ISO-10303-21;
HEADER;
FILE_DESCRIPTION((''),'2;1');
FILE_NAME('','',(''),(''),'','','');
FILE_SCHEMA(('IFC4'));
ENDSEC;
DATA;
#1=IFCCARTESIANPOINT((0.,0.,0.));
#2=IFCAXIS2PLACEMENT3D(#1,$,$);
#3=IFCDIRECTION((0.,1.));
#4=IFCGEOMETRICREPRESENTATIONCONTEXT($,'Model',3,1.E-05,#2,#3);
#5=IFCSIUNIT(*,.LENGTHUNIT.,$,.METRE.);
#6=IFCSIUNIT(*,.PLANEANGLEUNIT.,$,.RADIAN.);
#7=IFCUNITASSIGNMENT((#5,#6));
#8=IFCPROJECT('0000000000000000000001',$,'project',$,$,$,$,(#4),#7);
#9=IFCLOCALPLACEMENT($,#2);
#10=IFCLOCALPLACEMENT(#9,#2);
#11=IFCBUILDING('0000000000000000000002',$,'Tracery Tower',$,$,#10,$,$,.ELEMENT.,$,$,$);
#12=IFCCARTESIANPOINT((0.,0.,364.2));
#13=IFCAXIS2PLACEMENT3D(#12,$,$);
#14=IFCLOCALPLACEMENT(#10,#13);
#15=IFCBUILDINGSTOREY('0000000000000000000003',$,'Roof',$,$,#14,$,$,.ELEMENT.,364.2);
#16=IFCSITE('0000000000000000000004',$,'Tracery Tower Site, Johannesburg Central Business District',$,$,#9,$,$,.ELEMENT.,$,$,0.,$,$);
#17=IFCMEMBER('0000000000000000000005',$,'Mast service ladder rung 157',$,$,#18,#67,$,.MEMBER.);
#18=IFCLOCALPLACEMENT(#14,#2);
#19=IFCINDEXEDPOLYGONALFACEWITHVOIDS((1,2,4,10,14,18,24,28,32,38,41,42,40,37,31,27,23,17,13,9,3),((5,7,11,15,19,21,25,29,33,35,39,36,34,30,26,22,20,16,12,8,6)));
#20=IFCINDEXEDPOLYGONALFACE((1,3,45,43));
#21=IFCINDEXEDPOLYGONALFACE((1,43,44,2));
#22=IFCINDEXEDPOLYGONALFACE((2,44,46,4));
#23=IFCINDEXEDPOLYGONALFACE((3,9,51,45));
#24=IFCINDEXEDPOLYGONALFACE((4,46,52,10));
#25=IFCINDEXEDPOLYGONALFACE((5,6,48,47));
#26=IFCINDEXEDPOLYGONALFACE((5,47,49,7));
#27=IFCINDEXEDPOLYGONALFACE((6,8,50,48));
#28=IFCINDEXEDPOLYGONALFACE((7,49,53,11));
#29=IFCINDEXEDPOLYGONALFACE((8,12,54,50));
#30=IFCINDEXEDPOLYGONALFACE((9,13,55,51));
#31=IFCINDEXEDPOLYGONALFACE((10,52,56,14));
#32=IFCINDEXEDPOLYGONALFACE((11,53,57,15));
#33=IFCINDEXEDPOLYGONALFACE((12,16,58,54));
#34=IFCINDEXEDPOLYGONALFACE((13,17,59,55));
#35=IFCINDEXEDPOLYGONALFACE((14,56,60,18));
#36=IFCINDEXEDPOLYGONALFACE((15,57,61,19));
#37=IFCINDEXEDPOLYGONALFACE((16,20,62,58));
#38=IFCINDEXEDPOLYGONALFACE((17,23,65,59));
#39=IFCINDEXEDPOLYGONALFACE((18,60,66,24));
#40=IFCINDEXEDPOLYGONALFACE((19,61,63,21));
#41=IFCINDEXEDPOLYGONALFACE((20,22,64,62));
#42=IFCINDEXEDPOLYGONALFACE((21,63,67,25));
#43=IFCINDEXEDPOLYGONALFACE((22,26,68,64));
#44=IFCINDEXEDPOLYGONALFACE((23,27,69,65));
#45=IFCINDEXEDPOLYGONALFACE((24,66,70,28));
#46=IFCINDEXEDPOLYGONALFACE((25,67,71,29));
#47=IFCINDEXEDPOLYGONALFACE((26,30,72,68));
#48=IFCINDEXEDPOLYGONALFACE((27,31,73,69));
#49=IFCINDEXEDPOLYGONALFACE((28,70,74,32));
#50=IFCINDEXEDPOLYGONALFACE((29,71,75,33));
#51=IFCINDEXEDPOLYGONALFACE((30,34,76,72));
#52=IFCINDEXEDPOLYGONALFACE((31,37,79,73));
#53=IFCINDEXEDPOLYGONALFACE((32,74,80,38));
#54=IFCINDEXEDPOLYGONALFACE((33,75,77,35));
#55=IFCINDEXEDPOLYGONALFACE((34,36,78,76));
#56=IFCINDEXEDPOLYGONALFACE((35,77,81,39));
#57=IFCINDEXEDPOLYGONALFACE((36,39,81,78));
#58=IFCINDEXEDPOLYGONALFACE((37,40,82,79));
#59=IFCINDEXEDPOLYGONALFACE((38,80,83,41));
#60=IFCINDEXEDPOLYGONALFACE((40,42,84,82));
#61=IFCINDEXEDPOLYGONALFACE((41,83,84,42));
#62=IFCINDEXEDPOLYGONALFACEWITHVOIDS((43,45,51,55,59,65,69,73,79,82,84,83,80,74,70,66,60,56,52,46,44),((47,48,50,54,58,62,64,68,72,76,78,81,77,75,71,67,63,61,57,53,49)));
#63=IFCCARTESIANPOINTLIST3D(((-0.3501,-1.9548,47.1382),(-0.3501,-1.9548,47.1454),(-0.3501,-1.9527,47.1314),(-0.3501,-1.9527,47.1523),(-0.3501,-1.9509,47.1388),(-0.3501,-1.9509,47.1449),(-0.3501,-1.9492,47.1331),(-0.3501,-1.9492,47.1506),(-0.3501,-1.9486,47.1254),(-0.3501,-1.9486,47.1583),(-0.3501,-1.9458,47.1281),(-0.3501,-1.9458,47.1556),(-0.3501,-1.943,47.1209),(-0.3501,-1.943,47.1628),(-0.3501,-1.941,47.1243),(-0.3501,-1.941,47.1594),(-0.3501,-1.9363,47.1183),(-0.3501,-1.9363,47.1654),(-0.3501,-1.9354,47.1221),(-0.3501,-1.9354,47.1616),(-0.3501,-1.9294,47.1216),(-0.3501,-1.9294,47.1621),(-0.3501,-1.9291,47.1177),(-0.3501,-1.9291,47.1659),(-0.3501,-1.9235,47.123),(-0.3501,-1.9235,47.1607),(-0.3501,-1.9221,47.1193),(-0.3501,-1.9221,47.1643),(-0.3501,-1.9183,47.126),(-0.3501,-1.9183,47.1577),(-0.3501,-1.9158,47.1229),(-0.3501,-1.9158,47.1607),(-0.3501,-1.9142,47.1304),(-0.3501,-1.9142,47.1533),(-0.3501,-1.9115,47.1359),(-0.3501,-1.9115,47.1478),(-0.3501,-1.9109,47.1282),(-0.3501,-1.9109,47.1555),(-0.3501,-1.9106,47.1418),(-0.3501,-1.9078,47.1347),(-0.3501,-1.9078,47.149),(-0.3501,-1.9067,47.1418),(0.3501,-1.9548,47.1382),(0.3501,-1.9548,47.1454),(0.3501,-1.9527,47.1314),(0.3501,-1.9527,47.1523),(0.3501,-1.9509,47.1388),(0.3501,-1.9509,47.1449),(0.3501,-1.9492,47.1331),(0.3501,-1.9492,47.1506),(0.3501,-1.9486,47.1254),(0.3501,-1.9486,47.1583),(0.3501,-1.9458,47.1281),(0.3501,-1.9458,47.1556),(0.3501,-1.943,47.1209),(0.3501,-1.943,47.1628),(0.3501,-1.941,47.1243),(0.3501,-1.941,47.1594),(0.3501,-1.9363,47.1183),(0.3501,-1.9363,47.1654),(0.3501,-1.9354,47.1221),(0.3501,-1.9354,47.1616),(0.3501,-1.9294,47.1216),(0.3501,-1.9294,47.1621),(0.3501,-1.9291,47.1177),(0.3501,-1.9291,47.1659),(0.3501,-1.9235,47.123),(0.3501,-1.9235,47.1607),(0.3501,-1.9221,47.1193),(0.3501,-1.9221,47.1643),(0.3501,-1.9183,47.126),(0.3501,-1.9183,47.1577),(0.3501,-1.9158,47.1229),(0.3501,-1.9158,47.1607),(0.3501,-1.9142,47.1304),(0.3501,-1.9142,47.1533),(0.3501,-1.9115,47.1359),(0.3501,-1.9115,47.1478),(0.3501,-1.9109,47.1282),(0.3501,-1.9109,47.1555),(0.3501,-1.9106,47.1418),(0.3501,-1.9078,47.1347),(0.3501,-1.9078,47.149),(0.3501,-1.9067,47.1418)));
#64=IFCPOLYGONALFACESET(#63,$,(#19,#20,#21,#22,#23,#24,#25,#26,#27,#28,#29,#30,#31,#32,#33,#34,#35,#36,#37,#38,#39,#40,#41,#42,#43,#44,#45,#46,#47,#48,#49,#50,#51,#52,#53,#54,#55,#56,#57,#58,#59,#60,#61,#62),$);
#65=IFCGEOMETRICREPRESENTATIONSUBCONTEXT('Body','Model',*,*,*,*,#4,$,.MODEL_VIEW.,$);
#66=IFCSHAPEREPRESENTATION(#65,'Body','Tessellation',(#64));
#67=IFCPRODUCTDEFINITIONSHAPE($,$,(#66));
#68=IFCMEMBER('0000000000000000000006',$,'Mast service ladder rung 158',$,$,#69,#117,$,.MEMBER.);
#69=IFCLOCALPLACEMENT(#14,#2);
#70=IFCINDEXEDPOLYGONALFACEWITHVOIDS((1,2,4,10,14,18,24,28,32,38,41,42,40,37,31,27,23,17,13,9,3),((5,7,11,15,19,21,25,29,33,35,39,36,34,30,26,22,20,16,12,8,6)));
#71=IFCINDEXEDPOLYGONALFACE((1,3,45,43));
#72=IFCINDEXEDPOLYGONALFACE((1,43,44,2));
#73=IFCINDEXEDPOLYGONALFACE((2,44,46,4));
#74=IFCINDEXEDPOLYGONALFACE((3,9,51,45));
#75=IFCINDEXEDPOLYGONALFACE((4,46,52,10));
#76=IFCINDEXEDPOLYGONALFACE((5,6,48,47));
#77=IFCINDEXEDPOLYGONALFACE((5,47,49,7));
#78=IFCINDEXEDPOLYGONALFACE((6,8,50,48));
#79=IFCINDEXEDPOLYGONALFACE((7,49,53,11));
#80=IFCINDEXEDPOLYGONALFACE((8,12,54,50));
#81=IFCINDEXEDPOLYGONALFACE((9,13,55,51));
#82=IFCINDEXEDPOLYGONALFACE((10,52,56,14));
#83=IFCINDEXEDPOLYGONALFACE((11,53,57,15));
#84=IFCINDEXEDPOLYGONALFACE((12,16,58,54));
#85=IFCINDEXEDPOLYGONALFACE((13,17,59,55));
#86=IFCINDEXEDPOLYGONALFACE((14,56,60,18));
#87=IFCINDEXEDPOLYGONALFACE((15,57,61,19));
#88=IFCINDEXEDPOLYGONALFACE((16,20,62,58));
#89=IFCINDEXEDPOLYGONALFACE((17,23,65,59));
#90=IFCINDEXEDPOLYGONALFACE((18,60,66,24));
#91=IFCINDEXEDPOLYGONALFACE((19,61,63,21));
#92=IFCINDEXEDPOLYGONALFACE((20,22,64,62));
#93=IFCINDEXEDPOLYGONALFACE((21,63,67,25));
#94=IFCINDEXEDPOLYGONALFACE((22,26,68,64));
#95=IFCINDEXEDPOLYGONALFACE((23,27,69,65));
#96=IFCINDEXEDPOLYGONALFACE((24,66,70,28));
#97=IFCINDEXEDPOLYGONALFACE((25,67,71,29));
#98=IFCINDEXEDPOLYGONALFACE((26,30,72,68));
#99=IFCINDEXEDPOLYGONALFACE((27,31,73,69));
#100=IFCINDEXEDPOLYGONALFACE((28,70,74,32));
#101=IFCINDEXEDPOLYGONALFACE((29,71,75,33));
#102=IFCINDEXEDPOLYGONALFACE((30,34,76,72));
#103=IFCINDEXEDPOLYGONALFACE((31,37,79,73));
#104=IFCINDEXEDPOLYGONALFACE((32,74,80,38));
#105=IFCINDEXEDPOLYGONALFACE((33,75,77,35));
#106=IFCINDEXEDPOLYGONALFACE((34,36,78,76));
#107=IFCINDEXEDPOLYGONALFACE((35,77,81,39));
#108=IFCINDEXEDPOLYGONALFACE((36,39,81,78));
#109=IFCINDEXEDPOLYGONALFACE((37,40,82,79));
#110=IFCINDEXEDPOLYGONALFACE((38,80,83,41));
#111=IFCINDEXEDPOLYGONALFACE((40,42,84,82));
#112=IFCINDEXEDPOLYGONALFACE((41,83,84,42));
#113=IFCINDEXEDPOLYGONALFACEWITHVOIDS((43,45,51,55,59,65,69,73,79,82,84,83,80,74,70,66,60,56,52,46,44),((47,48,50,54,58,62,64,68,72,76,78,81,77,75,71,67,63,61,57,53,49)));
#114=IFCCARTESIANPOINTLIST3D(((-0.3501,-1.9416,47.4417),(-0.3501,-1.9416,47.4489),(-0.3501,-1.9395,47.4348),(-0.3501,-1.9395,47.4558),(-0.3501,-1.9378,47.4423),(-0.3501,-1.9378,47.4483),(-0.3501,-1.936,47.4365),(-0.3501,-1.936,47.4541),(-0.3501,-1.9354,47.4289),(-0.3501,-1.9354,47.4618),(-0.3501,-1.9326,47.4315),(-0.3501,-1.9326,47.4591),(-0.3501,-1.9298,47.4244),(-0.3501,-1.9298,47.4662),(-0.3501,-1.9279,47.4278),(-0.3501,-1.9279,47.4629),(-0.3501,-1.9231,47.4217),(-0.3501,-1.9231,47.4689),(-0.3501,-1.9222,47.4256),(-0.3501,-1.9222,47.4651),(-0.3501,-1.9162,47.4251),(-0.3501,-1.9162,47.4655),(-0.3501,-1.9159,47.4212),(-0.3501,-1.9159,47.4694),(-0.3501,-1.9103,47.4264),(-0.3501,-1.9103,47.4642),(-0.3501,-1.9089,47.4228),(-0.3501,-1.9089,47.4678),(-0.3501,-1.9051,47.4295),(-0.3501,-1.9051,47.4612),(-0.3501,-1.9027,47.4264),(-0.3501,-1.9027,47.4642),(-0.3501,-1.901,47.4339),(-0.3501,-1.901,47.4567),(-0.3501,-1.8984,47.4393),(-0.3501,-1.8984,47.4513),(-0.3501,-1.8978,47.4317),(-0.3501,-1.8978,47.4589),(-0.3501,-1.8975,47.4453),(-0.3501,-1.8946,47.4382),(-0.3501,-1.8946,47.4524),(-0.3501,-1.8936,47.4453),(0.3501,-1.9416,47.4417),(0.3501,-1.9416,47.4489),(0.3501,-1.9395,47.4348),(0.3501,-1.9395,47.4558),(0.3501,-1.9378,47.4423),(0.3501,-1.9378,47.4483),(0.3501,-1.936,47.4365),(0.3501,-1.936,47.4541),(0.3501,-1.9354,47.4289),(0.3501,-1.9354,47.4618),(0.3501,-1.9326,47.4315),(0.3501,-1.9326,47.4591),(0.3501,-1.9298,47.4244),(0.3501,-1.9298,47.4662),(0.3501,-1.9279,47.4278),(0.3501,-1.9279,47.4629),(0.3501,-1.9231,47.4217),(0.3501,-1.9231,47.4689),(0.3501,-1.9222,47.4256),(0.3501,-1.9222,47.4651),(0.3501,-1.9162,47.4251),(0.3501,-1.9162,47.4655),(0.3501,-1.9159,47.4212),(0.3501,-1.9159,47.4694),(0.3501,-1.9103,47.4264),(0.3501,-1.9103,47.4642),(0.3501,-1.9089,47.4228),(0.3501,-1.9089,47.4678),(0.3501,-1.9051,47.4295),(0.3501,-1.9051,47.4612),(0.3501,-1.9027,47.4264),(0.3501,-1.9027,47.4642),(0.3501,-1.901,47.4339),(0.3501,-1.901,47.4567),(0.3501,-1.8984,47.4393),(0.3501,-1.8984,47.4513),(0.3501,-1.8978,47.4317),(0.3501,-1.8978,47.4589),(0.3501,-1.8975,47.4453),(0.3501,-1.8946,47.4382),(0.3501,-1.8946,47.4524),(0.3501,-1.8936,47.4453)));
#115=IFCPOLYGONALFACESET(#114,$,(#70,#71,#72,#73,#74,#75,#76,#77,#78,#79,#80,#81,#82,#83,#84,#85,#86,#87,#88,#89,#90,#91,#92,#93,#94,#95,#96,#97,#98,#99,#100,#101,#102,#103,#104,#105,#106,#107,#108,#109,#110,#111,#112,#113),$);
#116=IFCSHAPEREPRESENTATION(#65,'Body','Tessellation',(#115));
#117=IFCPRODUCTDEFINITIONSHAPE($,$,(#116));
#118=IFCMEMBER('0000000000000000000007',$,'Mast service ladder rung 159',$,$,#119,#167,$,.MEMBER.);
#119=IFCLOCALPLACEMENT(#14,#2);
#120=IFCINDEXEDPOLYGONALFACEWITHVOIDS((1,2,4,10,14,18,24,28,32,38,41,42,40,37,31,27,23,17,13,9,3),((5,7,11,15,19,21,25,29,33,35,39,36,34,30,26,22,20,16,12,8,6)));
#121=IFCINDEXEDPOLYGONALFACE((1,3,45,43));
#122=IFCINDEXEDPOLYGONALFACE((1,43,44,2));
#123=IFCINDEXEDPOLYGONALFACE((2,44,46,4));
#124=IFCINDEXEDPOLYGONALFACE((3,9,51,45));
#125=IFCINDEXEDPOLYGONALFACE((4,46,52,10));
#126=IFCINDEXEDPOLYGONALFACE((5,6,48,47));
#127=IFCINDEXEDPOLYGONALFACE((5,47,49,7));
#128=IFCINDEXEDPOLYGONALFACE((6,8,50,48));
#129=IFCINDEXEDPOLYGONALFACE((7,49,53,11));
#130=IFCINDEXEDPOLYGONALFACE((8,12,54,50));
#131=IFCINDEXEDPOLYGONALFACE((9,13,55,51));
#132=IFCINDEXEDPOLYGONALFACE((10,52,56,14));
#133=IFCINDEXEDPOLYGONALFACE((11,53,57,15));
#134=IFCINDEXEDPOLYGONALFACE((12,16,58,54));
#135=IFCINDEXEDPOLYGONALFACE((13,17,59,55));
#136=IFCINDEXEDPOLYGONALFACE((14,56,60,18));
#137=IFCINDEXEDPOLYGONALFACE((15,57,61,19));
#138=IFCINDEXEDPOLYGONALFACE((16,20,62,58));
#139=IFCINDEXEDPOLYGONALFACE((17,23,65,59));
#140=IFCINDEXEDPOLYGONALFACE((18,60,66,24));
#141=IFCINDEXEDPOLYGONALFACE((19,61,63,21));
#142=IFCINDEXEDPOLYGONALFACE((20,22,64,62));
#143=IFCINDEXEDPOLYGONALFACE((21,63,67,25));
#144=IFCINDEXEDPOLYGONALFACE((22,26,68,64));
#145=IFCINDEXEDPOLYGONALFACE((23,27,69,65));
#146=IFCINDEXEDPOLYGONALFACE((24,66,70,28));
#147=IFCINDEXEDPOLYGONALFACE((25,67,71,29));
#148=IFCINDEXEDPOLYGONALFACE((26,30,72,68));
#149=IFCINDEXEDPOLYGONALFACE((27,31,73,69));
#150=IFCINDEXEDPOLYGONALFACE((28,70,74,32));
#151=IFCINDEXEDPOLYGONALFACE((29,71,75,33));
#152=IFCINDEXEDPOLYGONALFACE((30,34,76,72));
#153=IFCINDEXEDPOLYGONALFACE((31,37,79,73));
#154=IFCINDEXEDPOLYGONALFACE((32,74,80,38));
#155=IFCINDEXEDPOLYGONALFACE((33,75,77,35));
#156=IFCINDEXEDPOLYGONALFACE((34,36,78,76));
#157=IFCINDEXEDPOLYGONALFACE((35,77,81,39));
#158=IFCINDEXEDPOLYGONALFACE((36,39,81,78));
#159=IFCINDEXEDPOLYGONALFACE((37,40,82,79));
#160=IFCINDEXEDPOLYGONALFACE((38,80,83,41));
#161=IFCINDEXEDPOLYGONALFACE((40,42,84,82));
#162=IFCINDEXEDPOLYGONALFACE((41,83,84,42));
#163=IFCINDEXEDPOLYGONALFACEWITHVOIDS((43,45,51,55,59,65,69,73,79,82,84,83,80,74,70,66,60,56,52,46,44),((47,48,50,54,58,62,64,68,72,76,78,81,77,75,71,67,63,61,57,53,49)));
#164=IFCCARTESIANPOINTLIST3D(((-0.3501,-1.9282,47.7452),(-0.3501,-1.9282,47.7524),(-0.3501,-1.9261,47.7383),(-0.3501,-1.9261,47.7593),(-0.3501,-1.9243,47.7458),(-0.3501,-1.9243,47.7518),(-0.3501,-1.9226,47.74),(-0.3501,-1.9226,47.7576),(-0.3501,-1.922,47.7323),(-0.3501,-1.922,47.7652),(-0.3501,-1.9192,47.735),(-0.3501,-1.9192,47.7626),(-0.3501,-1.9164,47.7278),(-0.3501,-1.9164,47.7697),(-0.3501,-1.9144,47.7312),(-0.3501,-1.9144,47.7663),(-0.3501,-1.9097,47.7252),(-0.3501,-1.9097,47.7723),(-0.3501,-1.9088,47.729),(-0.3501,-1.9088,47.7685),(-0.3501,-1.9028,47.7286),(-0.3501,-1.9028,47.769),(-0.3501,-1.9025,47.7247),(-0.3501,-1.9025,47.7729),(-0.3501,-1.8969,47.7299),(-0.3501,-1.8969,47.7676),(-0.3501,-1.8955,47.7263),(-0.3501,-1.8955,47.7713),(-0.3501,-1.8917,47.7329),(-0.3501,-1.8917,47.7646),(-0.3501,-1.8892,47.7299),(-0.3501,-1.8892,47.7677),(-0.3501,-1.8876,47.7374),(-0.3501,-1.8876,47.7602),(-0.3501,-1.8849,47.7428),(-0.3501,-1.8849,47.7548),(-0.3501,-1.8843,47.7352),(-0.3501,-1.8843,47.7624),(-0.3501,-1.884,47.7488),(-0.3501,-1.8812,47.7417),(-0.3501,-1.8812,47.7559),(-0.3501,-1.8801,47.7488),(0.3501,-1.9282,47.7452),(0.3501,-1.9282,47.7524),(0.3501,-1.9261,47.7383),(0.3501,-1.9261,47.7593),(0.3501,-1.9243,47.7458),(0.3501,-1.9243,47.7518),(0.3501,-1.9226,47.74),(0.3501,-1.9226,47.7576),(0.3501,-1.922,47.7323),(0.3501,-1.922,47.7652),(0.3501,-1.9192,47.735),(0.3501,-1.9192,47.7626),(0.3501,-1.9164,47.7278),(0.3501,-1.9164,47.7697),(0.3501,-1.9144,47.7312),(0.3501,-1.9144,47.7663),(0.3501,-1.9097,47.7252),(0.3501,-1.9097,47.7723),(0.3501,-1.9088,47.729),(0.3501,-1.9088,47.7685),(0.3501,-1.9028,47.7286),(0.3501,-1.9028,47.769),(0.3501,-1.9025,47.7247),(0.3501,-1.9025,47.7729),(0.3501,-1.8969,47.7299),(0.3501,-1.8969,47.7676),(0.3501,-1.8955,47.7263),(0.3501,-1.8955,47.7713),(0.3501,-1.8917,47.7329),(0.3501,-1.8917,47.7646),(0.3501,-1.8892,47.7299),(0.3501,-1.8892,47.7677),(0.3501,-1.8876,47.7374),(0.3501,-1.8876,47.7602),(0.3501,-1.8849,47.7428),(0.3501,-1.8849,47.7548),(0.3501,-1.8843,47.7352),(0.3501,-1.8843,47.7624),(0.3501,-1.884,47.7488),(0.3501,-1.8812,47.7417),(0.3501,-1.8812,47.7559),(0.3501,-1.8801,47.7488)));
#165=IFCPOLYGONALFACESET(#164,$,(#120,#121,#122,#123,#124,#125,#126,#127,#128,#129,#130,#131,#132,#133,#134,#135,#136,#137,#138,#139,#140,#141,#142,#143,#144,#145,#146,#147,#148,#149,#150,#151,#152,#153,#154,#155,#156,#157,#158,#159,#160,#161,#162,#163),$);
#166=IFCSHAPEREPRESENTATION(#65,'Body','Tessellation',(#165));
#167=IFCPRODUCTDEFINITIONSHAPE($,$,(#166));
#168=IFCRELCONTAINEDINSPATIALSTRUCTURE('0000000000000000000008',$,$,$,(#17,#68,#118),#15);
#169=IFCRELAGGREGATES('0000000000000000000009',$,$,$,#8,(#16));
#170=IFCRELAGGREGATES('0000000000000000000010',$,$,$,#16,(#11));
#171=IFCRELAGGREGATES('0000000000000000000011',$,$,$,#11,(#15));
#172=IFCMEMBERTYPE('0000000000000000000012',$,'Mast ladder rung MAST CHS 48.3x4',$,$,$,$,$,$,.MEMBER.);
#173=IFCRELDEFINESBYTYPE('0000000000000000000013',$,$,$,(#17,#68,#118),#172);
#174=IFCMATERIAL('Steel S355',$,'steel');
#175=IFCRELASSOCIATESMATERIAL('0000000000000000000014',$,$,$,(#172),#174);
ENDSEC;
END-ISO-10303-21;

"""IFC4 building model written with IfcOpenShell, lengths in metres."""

from ifc_helpers import new_model, si_unit, direction, frame, origin, origin_2d, place, context, subcontext, project, spatial, hollow_circle, extrude, material, material_profile, profile_set, type_object, element, save


model = new_model("IFC4")

# Units and contexts
model_context = context("Model", 3, precision=1e-05, world=origin(), true_north=direction((0.0, 1.0)))
body_context = subcontext(model_context, "Body", "Model", "MODEL_VIEW")
ifc_project = project(units=[si_unit("LENGTHUNIT", "METRE"), si_unit("PLANEANGLEUNIT", "RADIAN")], contexts=[model_context])

# Site, building, storey
site_placement = place(None, origin())
site = spatial("IfcSite", under=ifc_project, at=site_placement, Name="Tracery Tower Site, Johannesburg Central Business District", CompositionType="ELEMENT", RefElevation=0.0)
building_placement = place(site_placement, origin())
building = spatial("IfcBuilding", under=site, at=building_placement, Name="Tracery Tower", CompositionType="ELEMENT")
storey_placement = place(building_placement, frame((0.0, 0.0, 364.2)))
storey = spatial("IfcBuildingStorey", under=building, at=storey_placement, Name="Roof", CompositionType="ELEMENT", Elevation=364.2)

# Members
ifc_material_1 = material(Name="Steel S355", Category="steel")
ifc_material_profile_1 = material_profile(ifc_material_1, hollow_circle(Radius=0.0242, WallThickness=0.0039, at=origin_2d()), Name="CHS 48.3x4")
ifc_profile_set_1 = profile_set([ifc_material_profile_1], Name="Steel S355")
member_type_1 = type_object("IfcMemberType", Name="Mast ladder rung MAST CHS 48.3x4", PredefinedType="MEMBER", material=ifc_profile_set_1)
for number, where, z_axis, x_axis, name in (
    (1, (-0.3501, -1.9309, 47.1418), (1.0, 0.0, 0.0), (0.0, 1.0, 0.0), "Mast service ladder rung 157"),
    (2, (-0.3501, -1.9177, 47.4453), (1.0, 0.0, 0.0), (0.0, 1.0, 0.0), "Mast service ladder rung 158"),
    (3, (-0.3501, -1.9043, 47.7488), (1.0, 0.0, 0.0), (0.0, 1.0, 0.0), "Mast service ladder rung 159"),
):
    element("IfcMember", number, at=place(storey_placement, frame(where, z_axis=z_axis, x_axis=x_axis)), inside=storey, type_object=member_type_1, Name=name, PredefinedType="MEMBER", context=body_context, shape_type="SweptSolid", body=[
        extrude(hollow_circle(Radius=0.0242, WallThickness=0.0039, at=origin_2d()), origin(), (0.0, 0.0, 1.0), 0.7002),
    ])

save(model, "model.ifc")
